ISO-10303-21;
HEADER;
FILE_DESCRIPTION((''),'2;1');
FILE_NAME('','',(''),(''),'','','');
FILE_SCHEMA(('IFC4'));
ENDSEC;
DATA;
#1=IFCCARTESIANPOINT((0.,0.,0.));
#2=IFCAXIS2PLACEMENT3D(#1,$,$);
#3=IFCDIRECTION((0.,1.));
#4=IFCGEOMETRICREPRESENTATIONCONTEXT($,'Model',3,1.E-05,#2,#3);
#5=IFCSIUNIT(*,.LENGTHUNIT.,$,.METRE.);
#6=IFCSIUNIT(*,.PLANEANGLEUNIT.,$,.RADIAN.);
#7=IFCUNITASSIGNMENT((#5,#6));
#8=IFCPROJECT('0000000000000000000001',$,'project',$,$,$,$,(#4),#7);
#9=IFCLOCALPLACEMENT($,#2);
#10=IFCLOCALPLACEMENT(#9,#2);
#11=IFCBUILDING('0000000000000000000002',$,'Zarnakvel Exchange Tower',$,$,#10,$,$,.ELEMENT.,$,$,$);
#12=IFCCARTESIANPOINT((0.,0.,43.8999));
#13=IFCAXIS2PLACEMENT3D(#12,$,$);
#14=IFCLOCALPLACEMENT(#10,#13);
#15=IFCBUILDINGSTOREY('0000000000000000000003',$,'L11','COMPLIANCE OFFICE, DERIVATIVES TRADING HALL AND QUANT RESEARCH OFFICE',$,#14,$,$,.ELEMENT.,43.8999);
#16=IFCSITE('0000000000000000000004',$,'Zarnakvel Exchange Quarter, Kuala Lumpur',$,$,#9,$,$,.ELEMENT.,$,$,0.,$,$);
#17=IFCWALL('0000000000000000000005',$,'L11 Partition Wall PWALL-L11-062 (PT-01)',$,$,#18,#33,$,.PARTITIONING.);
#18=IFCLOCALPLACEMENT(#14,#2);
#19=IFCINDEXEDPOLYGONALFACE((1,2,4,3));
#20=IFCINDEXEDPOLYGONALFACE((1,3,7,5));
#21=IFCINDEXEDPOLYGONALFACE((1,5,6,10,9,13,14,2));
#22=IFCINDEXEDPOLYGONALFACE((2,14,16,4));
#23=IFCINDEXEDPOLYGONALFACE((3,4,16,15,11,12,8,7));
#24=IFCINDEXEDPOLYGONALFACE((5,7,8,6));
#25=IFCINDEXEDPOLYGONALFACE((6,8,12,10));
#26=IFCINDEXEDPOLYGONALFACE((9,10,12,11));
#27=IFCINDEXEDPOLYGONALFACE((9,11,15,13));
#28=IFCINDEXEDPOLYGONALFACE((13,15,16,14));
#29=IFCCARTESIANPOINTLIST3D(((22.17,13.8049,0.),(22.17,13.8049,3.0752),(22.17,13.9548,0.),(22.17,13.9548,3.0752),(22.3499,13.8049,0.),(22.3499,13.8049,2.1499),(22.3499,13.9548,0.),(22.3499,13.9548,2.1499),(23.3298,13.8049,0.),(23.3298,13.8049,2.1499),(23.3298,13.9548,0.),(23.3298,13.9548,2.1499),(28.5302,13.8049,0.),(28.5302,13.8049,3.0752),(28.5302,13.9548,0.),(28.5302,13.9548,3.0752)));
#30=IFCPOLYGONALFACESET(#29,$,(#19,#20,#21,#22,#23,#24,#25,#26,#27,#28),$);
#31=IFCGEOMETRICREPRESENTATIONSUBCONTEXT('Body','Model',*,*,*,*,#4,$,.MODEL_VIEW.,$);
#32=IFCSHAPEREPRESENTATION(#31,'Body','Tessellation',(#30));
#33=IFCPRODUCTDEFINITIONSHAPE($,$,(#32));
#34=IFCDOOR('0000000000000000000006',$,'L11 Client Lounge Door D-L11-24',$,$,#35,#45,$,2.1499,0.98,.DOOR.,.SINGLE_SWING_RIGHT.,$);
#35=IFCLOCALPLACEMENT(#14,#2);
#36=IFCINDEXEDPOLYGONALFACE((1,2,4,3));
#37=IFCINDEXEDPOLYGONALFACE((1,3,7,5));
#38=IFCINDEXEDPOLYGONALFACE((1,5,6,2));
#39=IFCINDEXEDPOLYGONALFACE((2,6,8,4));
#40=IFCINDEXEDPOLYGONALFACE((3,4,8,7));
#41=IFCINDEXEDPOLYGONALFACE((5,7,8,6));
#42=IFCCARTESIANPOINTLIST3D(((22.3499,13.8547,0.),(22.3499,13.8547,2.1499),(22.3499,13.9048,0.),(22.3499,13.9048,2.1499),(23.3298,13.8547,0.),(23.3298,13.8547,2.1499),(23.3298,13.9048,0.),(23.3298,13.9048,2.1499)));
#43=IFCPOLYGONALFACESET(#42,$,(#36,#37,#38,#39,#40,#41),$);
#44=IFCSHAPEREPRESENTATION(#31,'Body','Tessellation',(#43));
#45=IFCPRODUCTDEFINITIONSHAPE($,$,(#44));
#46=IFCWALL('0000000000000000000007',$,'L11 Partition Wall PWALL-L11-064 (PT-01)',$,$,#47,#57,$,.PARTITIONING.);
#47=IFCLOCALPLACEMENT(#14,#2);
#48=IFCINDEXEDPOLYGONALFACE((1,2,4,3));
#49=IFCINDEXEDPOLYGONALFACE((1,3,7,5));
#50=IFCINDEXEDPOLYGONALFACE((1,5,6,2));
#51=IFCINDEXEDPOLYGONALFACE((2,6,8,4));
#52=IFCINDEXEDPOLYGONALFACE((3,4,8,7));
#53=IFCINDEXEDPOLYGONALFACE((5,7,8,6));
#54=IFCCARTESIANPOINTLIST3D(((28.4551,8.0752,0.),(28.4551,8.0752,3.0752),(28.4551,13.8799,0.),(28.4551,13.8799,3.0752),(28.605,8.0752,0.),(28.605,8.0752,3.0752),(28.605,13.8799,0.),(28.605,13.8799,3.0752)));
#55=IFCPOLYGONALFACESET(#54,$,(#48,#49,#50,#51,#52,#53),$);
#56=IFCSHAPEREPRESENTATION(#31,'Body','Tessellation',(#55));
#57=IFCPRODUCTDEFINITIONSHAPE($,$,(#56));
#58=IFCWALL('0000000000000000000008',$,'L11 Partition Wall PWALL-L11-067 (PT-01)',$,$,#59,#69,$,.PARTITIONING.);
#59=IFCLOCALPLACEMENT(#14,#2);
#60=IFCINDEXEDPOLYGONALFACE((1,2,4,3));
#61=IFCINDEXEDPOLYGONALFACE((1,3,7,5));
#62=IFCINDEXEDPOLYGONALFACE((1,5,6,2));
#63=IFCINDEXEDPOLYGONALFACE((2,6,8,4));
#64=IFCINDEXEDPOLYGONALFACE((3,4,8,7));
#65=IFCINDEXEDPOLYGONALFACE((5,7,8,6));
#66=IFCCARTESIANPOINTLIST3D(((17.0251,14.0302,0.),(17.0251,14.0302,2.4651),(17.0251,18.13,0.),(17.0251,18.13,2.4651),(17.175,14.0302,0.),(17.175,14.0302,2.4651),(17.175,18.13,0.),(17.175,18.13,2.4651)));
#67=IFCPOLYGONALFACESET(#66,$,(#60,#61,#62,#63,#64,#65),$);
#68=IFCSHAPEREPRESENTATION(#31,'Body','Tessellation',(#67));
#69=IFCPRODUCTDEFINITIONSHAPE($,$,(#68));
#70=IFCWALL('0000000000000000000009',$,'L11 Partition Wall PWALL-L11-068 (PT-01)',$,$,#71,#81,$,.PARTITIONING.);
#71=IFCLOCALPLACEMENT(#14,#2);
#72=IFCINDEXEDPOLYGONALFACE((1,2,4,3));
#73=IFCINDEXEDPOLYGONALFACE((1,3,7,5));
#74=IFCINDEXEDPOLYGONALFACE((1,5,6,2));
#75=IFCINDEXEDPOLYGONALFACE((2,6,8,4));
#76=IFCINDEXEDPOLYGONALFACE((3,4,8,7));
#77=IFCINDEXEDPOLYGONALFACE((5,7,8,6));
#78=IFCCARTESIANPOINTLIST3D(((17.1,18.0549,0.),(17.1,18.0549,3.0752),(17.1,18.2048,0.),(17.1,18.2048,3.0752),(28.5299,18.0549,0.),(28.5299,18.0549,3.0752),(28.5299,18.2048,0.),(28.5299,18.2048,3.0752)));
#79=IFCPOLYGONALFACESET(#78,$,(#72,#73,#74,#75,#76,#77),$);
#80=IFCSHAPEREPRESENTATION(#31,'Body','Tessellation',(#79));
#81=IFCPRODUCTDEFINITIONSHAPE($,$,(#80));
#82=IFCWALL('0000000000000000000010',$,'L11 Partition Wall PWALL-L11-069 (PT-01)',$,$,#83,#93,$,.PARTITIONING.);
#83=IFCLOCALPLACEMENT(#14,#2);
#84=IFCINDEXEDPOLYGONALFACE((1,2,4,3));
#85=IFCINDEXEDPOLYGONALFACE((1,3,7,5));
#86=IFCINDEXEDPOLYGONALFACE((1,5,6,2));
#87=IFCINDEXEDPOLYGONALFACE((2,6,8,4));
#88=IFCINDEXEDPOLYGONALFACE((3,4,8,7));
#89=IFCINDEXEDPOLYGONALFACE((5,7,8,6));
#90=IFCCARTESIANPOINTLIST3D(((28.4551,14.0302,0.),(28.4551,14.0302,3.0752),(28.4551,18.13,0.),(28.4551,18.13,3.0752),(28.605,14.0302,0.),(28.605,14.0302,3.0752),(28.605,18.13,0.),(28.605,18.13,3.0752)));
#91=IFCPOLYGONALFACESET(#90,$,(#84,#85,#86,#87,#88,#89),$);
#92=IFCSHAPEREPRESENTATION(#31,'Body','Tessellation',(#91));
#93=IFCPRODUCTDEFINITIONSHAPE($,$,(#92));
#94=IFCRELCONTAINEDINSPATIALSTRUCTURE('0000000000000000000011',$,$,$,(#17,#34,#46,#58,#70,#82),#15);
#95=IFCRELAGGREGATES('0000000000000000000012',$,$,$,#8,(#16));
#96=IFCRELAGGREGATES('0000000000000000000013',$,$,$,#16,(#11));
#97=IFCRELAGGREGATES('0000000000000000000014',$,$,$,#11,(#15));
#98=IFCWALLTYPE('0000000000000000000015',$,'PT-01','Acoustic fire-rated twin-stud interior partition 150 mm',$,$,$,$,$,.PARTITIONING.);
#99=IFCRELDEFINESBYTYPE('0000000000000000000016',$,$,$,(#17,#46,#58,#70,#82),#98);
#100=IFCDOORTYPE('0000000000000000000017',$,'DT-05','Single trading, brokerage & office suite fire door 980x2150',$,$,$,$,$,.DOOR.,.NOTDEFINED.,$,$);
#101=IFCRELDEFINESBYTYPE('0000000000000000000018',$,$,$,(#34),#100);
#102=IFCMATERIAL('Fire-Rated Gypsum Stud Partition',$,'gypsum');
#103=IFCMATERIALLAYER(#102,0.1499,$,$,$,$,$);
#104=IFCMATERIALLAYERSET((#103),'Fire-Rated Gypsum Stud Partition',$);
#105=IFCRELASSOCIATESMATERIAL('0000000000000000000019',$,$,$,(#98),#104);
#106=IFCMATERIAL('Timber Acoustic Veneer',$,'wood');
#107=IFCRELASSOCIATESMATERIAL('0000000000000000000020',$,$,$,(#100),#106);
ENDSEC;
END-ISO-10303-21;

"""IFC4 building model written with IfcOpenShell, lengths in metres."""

from ifc_helpers import new_model, si_unit, direction, frame, frame_2d, origin, place, context, subcontext, project, spatial, rectangle, extrude, source, transform, mapped, material, layer, layer_set, type_object, element, fill, save


model = new_model("IFC4")

# Units and contexts
model_context = context("Model", 3, precision=1e-05, world=origin(), true_north=direction((0.0, 1.0)))
body_context = subcontext(model_context, "Body", "Model", "MODEL_VIEW")
ifc_project = project(units=[si_unit("LENGTHUNIT", "METRE"), si_unit("PLANEANGLEUNIT", "RADIAN")], contexts=[model_context])

# Site, building, storey
site_placement = place(None, origin())
site = spatial("IfcSite", under=ifc_project, at=site_placement, Name="Zarnakvel Exchange Quarter, Kuala Lumpur", CompositionType="ELEMENT", RefElevation=0.0)
building_placement = place(site_placement, origin())
building = spatial("IfcBuilding", under=site, at=building_placement, Name="Zarnakvel Exchange Tower", CompositionType="ELEMENT")
storey_placement = place(building_placement, frame((0.0, 0.0, 43.8999)))
storey = spatial("IfcBuildingStorey", under=building, at=storey_placement, Name="L11", Description="COMPLIANCE OFFICE, DERIVATIVES TRADING HALL AND QUANT RESEARCH OFFICE", CompositionType="ELEMENT", Elevation=43.8999)

# Wall, opening, door
ifc_material_1 = material(Name="Fire-Rated Gypsum Stud Partition", Category="gypsum")
ifc_layer_1 = layer(ifc_material_1, 0.1499)
ifc_layer_set_1 = layer_set([ifc_layer_1], Name="Fire-Rated Gypsum Stud Partition")
wall_type_1 = type_object("IfcWallType", Name="PT-01", Description="Acoustic fire-rated twin-stud interior partition 150 mm", PredefinedType="PARTITIONING", material=ifc_layer_set_1)
wall_1_placement = place(storey_placement, frame((22.1699, 13.8799, 0.0), z_axis=(0.0, 0.0, 1.0), x_axis=(1.0, 0.0, 0.0)))
wall_1 = element("IfcWall", 1, at=wall_1_placement, inside=storey, type_object=wall_type_1, Name="L11 Partition Wall PWALL-L11-062 (PT-01)", PredefinedType="PARTITIONING", context=body_context, shape_type="SweptSolid", body=[
    extrude(rectangle(XDim=6.3601, YDim=0.1499, at=frame_2d((3.1802, 0.0))), origin(), (0.0, 0.0, 1.0), 3.0752),
])
opening_placement = place(wall_1_placement, frame((0.1799, 0.0, 0.0)))
opening = element("IfcOpeningElement", 2, at=opening_placement, cuts=wall_1, PredefinedType="OPENING", context=body_context, shape_type="SweptSolid", body=[
    extrude(rectangle(XDim=0.98, YDim=2.1499, at=frame_2d((0.49, 1.075))), frame((0.0, 0.085, 0.0), z_axis=(0.0, -1.0, 0.0), x_axis=(1.0, 0.0, 0.0)), (0.0, 0.0, 1.0), 0.1699),
])
ifc_material_2 = material(Name="Timber Acoustic Veneer", Category="wood")
door_type = type_object("IfcDoorType", Name="DT-05", Description="Single trading, brokerage & office suite fire door 980x2150", OperationType="NOTDEFINED", PredefinedType="DOOR", material=ifc_material_2)
shared_shape_1 = source(origin(), body_context, "Body", "SweptSolid", [
    extrude(rectangle(XDim=0.98, YDim=2.1499, at=frame_2d((0.49, 1.075))), frame((0.0, 0.0249, 0.0), z_axis=(0.0, -1.0, 0.0), x_axis=(1.0, 0.0, 0.0)), (0.0, 0.0, 1.0), 0.05),
])
door_placement = place(opening_placement, origin())
door = element("IfcDoor", 3, at=door_placement, inside=storey, type_object=door_type, Name="L11 Client Lounge Door D-L11-24", OperationType="SINGLE_SWING_RIGHT", OverallHeight=2.1499, OverallWidth=0.98, PredefinedType="DOOR", context=body_context, shape_type="MappedRepresentation", body=[
    mapped(shared_shape_1, transform((0.0, 0.0, 0.0), x_axis=(1.0, 0.0, 0.0), y_axis=(0.0, 1.0, 0.0), z_axis=(0.0, 0.0, 1.0), scale=1.0)),
])
fill(opening, door)

# Walls
wall_2_placement = place(storey_placement, frame((28.53, 13.8799, 0.0), z_axis=(0.0, 0.0, 1.0), x_axis=(0.0, -1.0, 0.0)))
element("IfcWall", 4, at=wall_2_placement, inside=storey, type_object=wall_type_1, Name="L11 Partition Wall PWALL-L11-064 (PT-01)", PredefinedType="PARTITIONING", context=body_context, shape_type="SweptSolid", body=[
    extrude(rectangle(XDim=5.8047, YDim=0.1499, at=frame_2d((2.9023, 0.0))), origin(), (0.0, 0.0, 1.0), 3.0752),
])
wall_3_placement = place(storey_placement, frame((17.1001, 18.1299, 0.0), z_axis=(0.0, 0.0, 1.0), x_axis=(0.0, -1.0, 0.0)))
element("IfcWall", 5, at=wall_3_placement, inside=storey, type_object=wall_type_1, Name="L11 Partition Wall PWALL-L11-067 (PT-01)", PredefinedType="PARTITIONING", context=body_context, shape_type="SweptSolid", body=[
    extrude(rectangle(XDim=4.0999, YDim=0.1499, at=frame_2d((2.0498, 0.0))), origin(), (0.0, 0.0, 1.0), 2.4651),
])
wall_4_placement = place(storey_placement, frame((17.1001, 18.1299, 0.0), z_axis=(0.0, 0.0, 1.0), x_axis=(1.0, 0.0, 0.0)))
element("IfcWall", 6, at=wall_4_placement, inside=storey, type_object=wall_type_1, Name="L11 Partition Wall PWALL-L11-068 (PT-01)", PredefinedType="PARTITIONING", context=body_context, shape_type="SweptSolid", body=[
    extrude(rectangle(XDim=11.4299, YDim=0.1499, at=frame_2d((5.7148, 0.0))), origin(), (0.0, 0.0, 1.0), 3.0752),
])
wall_5_placement = place(storey_placement, frame((28.53, 18.1299, 0.0), z_axis=(0.0, 0.0, 1.0), x_axis=(0.0, -1.0, 0.0)))
element("IfcWall", 7, at=wall_5_placement, inside=storey, type_object=wall_type_1, Name="L11 Partition Wall PWALL-L11-069 (PT-01)", PredefinedType="PARTITIONING", context=body_context, shape_type="SweptSolid", body=[
    extrude(rectangle(XDim=4.0999, YDim=0.1499, at=frame_2d((2.0498, 0.0))), origin(), (0.0, 0.0, 1.0), 3.0752),
])

save(model, "model.ifc")
